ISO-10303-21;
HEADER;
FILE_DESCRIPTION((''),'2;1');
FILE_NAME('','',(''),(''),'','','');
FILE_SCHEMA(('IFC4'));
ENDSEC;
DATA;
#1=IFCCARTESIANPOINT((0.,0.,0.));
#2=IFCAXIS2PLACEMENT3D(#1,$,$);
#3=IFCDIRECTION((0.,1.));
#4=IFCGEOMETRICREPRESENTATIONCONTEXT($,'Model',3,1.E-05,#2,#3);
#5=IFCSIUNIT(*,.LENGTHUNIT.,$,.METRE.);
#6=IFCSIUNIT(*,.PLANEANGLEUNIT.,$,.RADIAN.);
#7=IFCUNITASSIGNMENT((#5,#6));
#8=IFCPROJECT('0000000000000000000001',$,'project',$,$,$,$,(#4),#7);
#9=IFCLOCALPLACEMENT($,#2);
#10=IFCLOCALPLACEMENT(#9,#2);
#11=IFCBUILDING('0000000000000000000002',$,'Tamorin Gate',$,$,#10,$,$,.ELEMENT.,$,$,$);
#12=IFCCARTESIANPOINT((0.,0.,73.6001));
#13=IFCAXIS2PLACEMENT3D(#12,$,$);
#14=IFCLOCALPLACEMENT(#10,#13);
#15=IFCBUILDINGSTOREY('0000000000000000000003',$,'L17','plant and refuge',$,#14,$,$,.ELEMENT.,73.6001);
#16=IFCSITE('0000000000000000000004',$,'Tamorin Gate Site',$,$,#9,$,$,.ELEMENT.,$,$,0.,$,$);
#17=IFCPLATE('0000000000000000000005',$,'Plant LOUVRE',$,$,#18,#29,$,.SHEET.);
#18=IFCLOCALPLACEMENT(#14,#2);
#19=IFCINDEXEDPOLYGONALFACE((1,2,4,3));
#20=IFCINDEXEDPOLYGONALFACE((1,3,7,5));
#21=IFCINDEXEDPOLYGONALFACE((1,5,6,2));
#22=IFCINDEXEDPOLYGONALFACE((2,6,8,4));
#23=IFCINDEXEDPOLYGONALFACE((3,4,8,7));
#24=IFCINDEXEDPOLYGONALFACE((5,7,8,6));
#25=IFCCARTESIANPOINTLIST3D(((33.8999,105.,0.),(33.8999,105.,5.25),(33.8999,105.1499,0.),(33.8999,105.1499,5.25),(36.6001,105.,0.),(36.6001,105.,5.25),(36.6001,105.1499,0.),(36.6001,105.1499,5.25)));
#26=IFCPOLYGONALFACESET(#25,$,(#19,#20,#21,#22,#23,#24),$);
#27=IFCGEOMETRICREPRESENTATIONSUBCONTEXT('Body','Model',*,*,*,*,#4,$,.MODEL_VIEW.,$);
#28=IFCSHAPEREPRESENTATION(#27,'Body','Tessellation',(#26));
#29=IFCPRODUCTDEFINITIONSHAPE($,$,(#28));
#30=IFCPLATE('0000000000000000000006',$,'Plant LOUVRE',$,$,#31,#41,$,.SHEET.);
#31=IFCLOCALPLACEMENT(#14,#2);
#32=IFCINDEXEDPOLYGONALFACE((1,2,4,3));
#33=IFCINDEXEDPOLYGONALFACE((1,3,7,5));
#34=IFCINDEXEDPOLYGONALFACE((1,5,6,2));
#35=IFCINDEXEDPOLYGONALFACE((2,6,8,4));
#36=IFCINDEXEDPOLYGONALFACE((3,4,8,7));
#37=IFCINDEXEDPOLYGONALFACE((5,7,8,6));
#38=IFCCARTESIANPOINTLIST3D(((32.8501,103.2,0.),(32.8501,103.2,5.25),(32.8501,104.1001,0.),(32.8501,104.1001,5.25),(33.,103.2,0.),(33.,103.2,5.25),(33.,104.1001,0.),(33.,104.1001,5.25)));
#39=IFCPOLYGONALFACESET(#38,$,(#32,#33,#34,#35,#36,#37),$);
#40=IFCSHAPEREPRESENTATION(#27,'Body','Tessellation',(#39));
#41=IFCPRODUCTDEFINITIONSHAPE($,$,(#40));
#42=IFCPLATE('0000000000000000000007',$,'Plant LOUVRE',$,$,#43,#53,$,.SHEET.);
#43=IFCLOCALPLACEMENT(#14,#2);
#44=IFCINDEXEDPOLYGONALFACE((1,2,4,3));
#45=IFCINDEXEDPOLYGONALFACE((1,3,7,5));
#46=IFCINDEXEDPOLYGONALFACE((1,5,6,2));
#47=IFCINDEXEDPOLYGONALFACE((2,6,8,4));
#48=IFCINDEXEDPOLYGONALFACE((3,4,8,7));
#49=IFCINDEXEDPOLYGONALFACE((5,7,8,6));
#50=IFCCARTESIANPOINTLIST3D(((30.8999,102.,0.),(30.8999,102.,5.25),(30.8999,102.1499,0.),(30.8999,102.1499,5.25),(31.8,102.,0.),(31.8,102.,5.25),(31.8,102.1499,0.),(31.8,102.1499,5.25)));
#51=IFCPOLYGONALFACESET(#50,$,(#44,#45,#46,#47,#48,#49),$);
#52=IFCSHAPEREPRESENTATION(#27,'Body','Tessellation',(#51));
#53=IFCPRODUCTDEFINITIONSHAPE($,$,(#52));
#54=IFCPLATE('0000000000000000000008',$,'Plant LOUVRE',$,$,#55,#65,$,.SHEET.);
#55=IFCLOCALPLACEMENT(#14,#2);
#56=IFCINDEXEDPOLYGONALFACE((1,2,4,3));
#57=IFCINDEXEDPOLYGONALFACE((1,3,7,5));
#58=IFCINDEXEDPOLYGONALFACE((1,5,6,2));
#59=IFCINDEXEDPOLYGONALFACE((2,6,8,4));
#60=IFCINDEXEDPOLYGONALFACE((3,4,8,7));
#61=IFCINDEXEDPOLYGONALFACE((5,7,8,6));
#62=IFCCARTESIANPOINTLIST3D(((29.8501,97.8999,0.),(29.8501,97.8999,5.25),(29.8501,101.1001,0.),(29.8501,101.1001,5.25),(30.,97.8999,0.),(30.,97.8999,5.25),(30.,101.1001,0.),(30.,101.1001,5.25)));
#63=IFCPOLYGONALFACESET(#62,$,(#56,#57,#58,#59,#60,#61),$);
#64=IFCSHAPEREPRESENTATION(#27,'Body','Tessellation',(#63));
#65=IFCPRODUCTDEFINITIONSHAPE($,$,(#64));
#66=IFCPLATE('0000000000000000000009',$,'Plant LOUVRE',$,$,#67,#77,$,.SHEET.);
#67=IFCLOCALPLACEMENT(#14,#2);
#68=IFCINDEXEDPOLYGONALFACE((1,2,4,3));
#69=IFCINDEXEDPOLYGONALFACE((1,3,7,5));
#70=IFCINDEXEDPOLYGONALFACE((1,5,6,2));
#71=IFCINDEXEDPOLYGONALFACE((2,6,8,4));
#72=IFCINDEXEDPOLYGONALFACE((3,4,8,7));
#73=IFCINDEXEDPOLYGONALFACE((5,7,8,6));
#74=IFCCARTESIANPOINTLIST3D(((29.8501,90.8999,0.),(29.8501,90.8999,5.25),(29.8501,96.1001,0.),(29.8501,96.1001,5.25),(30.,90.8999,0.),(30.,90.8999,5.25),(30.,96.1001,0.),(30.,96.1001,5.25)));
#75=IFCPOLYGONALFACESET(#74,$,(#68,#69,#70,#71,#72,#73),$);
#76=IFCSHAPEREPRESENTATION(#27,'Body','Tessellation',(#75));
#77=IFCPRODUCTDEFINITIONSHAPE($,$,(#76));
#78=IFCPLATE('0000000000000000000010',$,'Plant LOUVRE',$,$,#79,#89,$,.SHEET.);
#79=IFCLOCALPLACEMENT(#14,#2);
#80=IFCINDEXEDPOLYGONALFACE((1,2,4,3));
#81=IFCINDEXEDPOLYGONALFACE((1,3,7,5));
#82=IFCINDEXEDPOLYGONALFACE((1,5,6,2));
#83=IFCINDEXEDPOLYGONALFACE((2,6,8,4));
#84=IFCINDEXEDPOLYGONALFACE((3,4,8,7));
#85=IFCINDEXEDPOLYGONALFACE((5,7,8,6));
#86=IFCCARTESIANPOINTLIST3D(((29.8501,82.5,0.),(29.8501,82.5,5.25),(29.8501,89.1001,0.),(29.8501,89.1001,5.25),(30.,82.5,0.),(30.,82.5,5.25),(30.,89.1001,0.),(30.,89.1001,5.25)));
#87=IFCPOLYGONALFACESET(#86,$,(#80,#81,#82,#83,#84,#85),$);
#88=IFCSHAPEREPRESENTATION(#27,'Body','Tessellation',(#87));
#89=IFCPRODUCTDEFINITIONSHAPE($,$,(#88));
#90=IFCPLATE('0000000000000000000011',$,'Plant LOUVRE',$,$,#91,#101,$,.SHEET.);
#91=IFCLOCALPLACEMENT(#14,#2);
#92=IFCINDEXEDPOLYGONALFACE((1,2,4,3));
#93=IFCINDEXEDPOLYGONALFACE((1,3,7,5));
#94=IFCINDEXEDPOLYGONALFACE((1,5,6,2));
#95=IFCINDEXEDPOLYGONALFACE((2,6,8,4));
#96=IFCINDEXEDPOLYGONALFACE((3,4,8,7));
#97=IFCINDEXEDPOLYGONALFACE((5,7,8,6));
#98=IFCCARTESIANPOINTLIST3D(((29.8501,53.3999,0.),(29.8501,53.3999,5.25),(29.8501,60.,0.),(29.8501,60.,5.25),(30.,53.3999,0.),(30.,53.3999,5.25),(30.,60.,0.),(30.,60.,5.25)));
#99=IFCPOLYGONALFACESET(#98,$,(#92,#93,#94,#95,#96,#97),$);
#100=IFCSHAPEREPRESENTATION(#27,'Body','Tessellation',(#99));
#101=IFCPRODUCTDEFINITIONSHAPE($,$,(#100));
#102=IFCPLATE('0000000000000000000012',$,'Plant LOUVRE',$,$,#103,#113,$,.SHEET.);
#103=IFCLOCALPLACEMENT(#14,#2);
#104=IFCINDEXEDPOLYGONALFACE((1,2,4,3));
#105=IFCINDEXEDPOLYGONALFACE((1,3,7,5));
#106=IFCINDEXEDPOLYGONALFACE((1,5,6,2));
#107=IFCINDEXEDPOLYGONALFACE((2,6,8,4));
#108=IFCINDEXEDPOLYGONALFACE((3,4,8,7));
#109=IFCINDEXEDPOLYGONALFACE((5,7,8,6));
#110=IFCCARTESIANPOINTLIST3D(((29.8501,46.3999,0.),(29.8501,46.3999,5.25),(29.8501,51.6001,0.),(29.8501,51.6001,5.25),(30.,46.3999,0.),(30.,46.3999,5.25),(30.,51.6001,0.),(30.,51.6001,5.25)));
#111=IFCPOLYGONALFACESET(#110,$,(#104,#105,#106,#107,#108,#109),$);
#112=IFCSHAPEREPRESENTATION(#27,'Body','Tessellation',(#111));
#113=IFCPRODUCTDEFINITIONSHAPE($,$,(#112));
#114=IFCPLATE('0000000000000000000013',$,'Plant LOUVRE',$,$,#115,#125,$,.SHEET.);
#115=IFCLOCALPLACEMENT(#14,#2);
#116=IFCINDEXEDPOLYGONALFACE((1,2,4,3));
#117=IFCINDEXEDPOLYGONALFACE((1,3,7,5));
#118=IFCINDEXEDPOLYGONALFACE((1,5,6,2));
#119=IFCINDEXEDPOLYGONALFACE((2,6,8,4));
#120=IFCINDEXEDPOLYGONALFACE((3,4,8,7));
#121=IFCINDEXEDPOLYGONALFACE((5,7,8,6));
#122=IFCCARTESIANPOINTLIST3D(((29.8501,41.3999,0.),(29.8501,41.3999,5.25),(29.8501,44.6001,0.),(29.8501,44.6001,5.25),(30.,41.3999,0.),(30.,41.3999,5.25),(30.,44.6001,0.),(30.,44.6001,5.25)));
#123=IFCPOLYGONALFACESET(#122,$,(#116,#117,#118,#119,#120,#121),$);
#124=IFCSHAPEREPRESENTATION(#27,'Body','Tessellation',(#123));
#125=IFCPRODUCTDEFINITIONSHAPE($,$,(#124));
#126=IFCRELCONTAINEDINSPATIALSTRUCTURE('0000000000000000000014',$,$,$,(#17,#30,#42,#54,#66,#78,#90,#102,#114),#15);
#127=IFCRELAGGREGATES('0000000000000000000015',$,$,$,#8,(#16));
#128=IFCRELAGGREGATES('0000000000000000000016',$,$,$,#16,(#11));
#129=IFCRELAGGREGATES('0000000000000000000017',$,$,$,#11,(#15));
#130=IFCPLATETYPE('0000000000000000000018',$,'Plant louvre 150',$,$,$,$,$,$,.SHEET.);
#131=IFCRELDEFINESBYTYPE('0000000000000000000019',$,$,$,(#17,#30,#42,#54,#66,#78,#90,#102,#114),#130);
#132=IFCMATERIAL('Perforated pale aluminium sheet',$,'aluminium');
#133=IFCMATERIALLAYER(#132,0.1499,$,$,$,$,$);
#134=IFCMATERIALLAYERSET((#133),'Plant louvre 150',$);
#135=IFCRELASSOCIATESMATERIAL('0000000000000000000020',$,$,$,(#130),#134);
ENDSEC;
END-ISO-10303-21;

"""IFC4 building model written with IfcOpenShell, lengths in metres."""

from ifc_helpers import new_model, si_unit, direction, frame, origin, place, context, subcontext, project, spatial, polyline, outline, extrude, material, layer, layer_set, type_object, element, save


model = new_model("IFC4")

# Units and contexts
model_context = context("Model", 3, precision=1e-05, world=origin(), true_north=direction((0.0, 1.0)))
body_context = subcontext(model_context, "Body", "Model", "MODEL_VIEW")
ifc_project = project(units=[si_unit("LENGTHUNIT", "METRE"), si_unit("PLANEANGLEUNIT", "RADIAN")], contexts=[model_context])

# Site, building, storey
site_placement = place(None, origin())
site = spatial("IfcSite", under=ifc_project, at=site_placement, Name="Tamorin Gate Site", CompositionType="ELEMENT", RefElevation=0.0)
building_placement = place(site_placement, origin())
building = spatial("IfcBuilding", under=site, at=building_placement, Name="Tamorin Gate", CompositionType="ELEMENT")
storey_placement = place(building_placement, frame((0.0, 0.0, 73.6001)))
storey = spatial("IfcBuildingStorey", under=building, at=storey_placement, Name="L17", Description="plant and refuge", CompositionType="ELEMENT", Elevation=73.6001)

# Plates
ifc_material_1 = material(Name="Perforated pale aluminium sheet", Category="aluminium")
ifc_layer_1 = layer(ifc_material_1, 0.1499)
ifc_layer_set_1 = layer_set([ifc_layer_1], Name="Plant louvre 150")
plate_type = type_object("IfcPlateType", Name="Plant louvre 150", PredefinedType="SHEET", material=ifc_layer_set_1)
plate_1_placement = place(storey_placement, origin())
element("IfcPlate", 1, at=plate_1_placement, inside=storey, type_object=plate_type, Name="Plant LOUVRE", PredefinedType="SHEET", context=body_context, shape_type="SweptSolid", body=[
    extrude(outline(polyline([(33.8999, 105.0), (33.8999, 105.1499), (36.6001, 105.1499), (36.6001, 105.0), (33.8999, 105.0)])), origin(), (0.0, 0.0, 1.0), 5.25),
])
plate_2_placement = place(storey_placement, origin())
element("IfcPlate", 2, at=plate_2_placement, inside=storey, type_object=plate_type, Name="Plant LOUVRE", PredefinedType="SHEET", context=body_context, shape_type="SweptSolid", body=[
    extrude(outline(polyline([(33.0, 103.2), (32.8501, 103.2), (32.8501, 104.1001), (33.0, 104.1001), (33.0, 103.2)])), origin(), (0.0, 0.0, 1.0), 5.25),
])
plate_3_placement = place(storey_placement, origin())
element("IfcPlate", 3, at=plate_3_placement, inside=storey, type_object=plate_type, Name="Plant LOUVRE", PredefinedType="SHEET", context=body_context, shape_type="SweptSolid", body=[
    extrude(outline(polyline([(31.8, 102.1499), (31.8, 102.0), (30.8999, 102.0), (30.8999, 102.1499), (31.8, 102.1499)])), origin(), (0.0, 0.0, 1.0), 5.25),
])
plate_4_placement = place(storey_placement, origin())
element("IfcPlate", 4, at=plate_4_placement, inside=storey, type_object=plate_type, Name="Plant LOUVRE", PredefinedType="SHEET", context=body_context, shape_type="SweptSolid", body=[
    extrude(outline(polyline([(29.8501, 101.1001), (30.0, 101.1001), (30.0, 97.8999), (29.8501, 97.8999), (29.8501, 101.1001)])), origin(), (0.0, 0.0, 1.0), 5.25),
])
plate_5_placement = place(storey_placement, origin())
element("IfcPlate", 5, at=plate_5_placement, inside=storey, type_object=plate_type, Name="Plant LOUVRE", PredefinedType="SHEET", context=body_context, shape_type="SweptSolid", body=[
    extrude(outline(polyline([(30.0, 90.8999), (29.8501, 90.8999), (29.8501, 96.1001), (30.0, 96.1001), (30.0, 90.8999)])), origin(), (0.0, 0.0, 1.0), 5.25),
])
plate_6_placement = place(storey_placement, origin())
element("IfcPlate", 6, at=plate_6_placement, inside=storey, type_object=plate_type, Name="Plant LOUVRE", PredefinedType="SHEET", context=body_context, shape_type="SweptSolid", body=[
    extrude(outline(polyline([(30.0, 82.5), (29.8501, 82.5), (29.8501, 89.1001), (30.0, 89.1001), (30.0, 82.5)])), origin(), (0.0, 0.0, 1.0), 5.25),
])
plate_7_placement = place(storey_placement, origin())
element("IfcPlate", 7, at=plate_7_placement, inside=storey, type_object=plate_type, Name="Plant LOUVRE", PredefinedType="SHEET", context=body_context, shape_type="SweptSolid", body=[
    extrude(outline(polyline([(29.8501, 60.0), (30.0, 60.0), (30.0, 53.3999), (29.8501, 53.3999), (29.8501, 60.0)])), origin(), (0.0, 0.0, 1.0), 5.25),
])
plate_8_placement = place(storey_placement, origin())
element("IfcPlate", 8, at=plate_8_placement, inside=storey, type_object=plate_type, Name="Plant LOUVRE", PredefinedType="SHEET", context=body_context, shape_type="SweptSolid", body=[
    extrude(outline(polyline([(30.0, 46.3999), (29.8501, 46.3999), (29.8501, 51.6001), (30.0, 51.6001), (30.0, 46.3999)])), origin(), (0.0, 0.0, 1.0), 5.25),
])
plate_9_placement = place(storey_placement, origin())
element("IfcPlate", 9, at=plate_9_placement, inside=storey, type_object=plate_type, Name="Plant LOUVRE", PredefinedType="SHEET", context=body_context, shape_type="SweptSolid", body=[
    extrude(outline(polyline([(30.0, 41.3999), (29.8501, 41.3999), (29.8501, 44.6001), (30.0, 44.6001), (30.0, 41.3999)])), origin(), (0.0, 0.0, 1.0), 5.25),
])

save(model, "model.ifc")
